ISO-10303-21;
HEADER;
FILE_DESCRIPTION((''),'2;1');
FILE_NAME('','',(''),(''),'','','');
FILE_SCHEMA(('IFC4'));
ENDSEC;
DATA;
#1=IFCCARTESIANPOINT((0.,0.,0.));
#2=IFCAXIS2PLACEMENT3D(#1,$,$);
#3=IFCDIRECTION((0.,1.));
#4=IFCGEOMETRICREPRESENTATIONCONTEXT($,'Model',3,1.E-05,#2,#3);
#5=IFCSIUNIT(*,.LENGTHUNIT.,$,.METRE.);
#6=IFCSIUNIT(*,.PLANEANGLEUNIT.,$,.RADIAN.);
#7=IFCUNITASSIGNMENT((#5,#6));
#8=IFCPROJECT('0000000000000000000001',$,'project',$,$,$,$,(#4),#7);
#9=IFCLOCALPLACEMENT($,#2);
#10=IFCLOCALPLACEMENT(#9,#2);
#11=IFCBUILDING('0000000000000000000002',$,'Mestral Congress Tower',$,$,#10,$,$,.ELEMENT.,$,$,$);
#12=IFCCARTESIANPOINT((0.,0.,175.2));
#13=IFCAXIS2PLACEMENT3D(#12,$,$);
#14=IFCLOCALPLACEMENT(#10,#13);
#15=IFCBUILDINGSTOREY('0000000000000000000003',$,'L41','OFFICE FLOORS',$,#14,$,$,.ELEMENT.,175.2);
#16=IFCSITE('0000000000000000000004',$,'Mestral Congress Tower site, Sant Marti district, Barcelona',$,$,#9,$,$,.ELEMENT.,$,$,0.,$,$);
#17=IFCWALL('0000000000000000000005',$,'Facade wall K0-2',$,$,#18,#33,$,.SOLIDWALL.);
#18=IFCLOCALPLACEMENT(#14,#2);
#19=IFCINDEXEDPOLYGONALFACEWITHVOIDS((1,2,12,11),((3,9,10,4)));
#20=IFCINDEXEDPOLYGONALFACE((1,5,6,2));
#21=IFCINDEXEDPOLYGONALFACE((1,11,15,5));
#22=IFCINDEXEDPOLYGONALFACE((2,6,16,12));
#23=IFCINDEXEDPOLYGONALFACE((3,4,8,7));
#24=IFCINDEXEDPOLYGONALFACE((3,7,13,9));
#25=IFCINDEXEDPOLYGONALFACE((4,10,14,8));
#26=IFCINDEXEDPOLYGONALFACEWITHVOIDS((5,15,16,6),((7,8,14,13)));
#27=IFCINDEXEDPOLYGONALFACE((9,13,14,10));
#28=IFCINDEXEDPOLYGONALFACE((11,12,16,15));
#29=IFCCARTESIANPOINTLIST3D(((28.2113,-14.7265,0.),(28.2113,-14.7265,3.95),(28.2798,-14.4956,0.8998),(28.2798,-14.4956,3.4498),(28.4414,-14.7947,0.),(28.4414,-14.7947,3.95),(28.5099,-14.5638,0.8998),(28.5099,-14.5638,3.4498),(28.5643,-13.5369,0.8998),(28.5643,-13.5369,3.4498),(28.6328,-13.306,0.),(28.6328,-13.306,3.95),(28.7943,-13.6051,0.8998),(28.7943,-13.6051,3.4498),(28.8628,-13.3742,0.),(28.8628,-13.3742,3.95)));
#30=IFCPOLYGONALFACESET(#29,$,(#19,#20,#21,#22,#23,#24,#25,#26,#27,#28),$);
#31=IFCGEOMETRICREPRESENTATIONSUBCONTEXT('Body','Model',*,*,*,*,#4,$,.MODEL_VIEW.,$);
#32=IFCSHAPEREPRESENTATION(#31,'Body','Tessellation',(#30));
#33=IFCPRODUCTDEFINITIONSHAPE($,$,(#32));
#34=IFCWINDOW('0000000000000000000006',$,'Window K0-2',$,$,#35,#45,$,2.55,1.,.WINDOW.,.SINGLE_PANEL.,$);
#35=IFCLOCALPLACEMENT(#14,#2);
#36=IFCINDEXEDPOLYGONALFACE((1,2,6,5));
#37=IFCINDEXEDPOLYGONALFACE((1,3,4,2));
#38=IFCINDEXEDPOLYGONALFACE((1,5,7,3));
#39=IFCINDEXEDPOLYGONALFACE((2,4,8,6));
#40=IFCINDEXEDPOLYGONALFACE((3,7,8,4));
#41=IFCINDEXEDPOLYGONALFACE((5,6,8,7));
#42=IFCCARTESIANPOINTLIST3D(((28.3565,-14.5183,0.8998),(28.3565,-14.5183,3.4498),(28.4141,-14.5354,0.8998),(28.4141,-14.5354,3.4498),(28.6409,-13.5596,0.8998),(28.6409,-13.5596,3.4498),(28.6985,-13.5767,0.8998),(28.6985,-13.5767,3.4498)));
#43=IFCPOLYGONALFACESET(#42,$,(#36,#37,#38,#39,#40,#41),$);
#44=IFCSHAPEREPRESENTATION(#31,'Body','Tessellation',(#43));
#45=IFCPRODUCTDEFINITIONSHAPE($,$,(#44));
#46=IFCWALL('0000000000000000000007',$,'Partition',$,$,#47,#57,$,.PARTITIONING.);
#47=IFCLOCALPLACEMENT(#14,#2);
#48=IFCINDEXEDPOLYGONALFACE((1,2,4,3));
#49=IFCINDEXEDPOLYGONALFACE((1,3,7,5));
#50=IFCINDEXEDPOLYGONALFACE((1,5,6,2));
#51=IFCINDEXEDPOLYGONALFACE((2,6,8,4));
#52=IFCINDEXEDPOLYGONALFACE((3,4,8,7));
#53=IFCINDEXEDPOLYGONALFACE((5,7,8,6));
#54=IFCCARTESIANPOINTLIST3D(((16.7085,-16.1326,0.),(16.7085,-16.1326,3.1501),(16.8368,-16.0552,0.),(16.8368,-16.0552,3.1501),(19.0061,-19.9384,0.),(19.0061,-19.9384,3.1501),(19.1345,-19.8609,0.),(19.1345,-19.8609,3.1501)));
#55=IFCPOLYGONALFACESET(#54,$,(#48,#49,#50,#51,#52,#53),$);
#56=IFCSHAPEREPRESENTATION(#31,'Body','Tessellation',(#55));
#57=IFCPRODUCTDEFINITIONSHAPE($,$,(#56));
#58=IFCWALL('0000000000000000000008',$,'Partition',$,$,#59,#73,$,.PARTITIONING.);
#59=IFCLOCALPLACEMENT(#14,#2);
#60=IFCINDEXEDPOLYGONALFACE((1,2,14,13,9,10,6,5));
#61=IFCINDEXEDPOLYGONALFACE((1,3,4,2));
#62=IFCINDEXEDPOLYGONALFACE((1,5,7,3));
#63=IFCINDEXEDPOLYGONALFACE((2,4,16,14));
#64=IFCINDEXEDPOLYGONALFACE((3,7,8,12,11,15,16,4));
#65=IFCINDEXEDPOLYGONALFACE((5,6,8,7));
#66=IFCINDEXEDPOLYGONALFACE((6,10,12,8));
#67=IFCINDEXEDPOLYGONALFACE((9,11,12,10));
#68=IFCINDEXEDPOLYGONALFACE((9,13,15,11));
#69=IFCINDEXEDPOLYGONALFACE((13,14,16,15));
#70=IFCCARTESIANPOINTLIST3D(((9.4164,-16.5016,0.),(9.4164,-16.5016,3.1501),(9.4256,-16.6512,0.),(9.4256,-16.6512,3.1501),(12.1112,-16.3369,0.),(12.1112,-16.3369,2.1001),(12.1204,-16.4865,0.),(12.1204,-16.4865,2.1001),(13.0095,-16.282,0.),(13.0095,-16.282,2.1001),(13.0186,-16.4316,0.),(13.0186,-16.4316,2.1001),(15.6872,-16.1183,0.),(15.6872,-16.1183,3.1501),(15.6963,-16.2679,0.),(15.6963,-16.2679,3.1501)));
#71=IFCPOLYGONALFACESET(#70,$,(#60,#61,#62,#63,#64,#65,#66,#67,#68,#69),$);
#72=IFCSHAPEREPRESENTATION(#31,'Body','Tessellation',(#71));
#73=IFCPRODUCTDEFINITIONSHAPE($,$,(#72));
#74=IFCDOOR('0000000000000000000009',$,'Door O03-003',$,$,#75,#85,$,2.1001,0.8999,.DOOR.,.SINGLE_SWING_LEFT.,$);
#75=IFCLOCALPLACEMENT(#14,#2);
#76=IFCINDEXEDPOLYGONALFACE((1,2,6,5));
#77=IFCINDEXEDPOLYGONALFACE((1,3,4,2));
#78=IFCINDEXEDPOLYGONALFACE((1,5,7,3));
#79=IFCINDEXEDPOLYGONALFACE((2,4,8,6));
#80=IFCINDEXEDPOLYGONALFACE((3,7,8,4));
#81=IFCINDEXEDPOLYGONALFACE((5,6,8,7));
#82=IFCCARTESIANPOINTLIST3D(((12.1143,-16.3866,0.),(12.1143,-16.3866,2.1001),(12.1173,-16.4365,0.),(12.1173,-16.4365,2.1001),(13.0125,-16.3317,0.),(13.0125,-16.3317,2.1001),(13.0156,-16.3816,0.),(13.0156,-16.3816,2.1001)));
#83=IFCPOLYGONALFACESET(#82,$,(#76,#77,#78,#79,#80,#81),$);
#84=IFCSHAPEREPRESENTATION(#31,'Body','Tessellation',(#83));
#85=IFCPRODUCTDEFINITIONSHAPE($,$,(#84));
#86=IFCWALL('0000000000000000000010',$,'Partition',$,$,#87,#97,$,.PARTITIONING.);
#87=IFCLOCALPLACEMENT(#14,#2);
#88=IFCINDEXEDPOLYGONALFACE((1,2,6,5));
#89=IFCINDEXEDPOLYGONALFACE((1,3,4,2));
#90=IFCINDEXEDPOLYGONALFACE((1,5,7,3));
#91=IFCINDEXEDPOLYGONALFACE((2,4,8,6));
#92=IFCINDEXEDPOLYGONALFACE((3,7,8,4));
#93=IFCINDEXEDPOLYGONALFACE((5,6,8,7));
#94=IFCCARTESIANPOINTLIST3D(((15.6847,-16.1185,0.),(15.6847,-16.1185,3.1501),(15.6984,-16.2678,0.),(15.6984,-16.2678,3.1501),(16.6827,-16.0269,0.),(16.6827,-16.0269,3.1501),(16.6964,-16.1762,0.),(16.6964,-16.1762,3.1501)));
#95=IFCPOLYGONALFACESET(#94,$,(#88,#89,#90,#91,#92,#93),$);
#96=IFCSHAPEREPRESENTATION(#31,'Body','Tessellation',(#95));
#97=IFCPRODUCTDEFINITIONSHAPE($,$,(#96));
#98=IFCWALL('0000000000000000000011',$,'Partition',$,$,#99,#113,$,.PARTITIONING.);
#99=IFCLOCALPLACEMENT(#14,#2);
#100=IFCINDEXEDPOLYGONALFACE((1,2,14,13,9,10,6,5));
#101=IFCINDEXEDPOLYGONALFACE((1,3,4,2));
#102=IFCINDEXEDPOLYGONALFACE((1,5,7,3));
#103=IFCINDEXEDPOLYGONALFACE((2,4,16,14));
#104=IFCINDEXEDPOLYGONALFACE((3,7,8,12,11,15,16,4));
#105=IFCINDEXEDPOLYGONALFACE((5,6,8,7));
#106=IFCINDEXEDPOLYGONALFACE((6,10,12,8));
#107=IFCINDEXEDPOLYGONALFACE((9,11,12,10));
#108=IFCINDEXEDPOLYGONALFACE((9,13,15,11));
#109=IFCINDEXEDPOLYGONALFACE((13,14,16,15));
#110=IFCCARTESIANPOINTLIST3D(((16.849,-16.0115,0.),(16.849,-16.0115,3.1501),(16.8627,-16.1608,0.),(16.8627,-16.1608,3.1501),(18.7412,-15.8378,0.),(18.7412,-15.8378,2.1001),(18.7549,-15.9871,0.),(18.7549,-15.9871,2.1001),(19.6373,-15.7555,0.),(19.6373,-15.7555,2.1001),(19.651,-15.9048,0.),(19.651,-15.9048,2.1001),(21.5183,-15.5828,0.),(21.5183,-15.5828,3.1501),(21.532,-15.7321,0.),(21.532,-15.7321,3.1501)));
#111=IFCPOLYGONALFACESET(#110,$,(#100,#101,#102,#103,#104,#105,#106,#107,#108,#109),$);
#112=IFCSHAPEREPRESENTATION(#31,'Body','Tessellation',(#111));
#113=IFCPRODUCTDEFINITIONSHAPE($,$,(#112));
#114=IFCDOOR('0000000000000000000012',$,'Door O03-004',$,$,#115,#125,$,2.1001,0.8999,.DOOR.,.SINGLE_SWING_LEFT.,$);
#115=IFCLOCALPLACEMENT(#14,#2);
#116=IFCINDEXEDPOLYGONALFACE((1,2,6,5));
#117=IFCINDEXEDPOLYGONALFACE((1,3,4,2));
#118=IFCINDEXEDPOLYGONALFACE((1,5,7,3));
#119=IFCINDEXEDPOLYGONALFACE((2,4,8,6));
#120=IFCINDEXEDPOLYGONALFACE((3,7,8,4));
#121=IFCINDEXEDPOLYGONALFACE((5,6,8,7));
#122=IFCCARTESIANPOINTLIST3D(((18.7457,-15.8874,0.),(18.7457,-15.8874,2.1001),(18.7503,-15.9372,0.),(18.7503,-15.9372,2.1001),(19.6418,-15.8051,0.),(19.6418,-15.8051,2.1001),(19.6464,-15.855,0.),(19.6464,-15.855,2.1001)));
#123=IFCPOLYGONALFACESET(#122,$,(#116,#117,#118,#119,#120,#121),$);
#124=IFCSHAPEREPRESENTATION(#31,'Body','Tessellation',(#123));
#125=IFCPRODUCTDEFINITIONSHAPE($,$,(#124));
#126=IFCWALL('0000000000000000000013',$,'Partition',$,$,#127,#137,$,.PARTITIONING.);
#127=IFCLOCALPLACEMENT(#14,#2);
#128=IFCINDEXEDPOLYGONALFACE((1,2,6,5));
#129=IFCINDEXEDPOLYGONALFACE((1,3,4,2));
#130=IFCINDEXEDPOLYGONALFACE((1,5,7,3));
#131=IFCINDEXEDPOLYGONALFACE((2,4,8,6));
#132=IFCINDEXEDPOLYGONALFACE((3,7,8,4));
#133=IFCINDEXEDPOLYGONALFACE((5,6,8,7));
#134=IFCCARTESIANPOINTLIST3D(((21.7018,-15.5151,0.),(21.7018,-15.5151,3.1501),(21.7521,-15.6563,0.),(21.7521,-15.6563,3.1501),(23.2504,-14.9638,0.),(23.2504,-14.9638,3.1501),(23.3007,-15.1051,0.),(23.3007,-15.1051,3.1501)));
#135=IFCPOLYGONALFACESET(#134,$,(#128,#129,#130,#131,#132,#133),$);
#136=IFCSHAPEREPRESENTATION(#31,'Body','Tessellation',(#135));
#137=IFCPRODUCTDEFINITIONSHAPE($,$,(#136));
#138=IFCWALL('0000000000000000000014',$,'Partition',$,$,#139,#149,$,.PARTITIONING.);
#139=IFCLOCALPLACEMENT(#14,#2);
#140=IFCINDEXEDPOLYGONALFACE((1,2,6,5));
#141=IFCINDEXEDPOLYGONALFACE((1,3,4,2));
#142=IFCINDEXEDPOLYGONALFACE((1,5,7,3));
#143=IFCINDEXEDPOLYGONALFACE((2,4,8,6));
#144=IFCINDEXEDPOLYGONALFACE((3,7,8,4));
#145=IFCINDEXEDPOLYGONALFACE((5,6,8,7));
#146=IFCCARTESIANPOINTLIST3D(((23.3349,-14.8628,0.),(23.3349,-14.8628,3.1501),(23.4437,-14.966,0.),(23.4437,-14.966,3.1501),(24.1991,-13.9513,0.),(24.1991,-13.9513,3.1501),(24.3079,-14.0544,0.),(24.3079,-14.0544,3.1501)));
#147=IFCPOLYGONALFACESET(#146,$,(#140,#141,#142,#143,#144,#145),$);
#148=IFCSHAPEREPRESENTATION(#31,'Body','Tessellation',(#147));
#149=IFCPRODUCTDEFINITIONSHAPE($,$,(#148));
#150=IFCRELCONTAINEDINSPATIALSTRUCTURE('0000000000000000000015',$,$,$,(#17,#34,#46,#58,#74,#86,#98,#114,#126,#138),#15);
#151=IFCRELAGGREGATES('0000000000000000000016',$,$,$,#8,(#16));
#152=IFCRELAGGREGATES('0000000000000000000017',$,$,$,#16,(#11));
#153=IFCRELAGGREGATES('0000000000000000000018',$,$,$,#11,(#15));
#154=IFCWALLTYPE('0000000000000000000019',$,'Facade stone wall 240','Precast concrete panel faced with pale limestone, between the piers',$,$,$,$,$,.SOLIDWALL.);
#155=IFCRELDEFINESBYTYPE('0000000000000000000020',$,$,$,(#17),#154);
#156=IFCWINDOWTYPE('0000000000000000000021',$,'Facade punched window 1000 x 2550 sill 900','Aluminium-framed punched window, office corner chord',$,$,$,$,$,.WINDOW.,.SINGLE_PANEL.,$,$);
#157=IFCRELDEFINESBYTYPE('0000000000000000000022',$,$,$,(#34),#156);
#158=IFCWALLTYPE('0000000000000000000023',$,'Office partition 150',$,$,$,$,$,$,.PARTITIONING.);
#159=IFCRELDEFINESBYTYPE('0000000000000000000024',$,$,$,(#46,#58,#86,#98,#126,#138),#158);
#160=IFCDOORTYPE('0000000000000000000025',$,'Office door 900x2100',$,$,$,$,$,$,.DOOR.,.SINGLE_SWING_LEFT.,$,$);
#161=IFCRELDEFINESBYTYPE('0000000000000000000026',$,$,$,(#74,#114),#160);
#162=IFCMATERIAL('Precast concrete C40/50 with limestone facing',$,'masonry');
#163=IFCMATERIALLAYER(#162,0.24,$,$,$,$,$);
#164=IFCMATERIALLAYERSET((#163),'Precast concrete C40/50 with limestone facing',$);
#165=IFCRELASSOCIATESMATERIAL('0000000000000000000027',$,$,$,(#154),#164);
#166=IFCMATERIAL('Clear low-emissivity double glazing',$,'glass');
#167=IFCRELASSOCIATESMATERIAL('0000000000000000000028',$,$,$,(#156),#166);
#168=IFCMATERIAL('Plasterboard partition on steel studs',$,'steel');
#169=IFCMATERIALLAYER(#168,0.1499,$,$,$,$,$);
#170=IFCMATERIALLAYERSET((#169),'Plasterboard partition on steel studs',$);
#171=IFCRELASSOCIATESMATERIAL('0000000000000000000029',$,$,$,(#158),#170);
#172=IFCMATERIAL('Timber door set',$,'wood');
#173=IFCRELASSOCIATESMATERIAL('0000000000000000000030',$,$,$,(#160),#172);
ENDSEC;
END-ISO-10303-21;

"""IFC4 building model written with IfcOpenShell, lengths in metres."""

from ifc_helpers import new_model, si_unit, direction, frame, frame_2d, origin, place, context, subcontext, project, spatial, rectangle, extrude, material, layer, layer_set, type_object, element, fill, save


model = new_model("IFC4")

# Units and contexts
model_context = context("Model", 3, precision=1e-05, world=origin(), true_north=direction((0.0, 1.0)))
body_context = subcontext(model_context, "Body", "Model", "MODEL_VIEW")
ifc_project = project(units=[si_unit("LENGTHUNIT", "METRE"), si_unit("PLANEANGLEUNIT", "RADIAN")], contexts=[model_context])

# Site, building, storey
site_placement = place(None, origin())
site = spatial("IfcSite", under=ifc_project, at=site_placement, Name="Mestral Congress Tower site, Sant Marti district, Barcelona", CompositionType="ELEMENT", RefElevation=0.0)
building_placement = place(site_placement, origin())
building = spatial("IfcBuilding", under=site, at=building_placement, Name="Mestral Congress Tower", CompositionType="ELEMENT")
storey_placement = place(building_placement, frame((0.0, 0.0, 175.2)))
storey = spatial("IfcBuildingStorey", under=building, at=storey_placement, Name="L41", Description="OFFICE FLOORS", CompositionType="ELEMENT", Elevation=175.2)

# Shared definitions
ifc_material_1 = material(Name="Precast concrete C40/50 with limestone facing", Category="masonry")
ifc_layer_1 = layer(ifc_material_1, 0.24)
ifc_layer_set_1 = layer_set([ifc_layer_1], Name="Precast concrete C40/50 with limestone facing")
wall_type_1 = type_object("IfcWallType", Name="Facade stone wall 240", Description="Precast concrete panel faced with pale limestone, between the piers", PredefinedType="SOLIDWALL", material=ifc_layer_set_1)
ifc_material_2 = material(Name="Clear low-emissivity double glazing", Category="glass")

# Wall, opening, window
window_type_1 = type_object("IfcWindowType", Name="Facade punched window 1000 x 2550 sill 900", Description="Aluminium-framed punched window, office corner chord", PartitioningType="SINGLE_PANEL", PredefinedType="WINDOW", material=ifc_material_2)
wall_1_placement = place(storey_placement, frame((28.3264, -14.7605, 0.0), z_axis=(0.0, 0.0, 1.0), x_axis=(0.284414, 0.958702, 0.0)))
wall_1 = element("IfcWall", 1, at=wall_1_placement, inside=storey, type_object=wall_type_1, Name="Facade wall K0-2", PredefinedType="SOLIDWALL", context=body_context, shape_type="SweptSolid", body=[
    extrude(rectangle(XDim=1.4817, YDim=0.24, at=frame_2d((0.7407, 0.0))), origin(), (0.0, 0.0, 1.0), 3.95),
])
opening_1_placement = place(wall_1_placement, frame((0.2407, 0.0, 0.8999)))
opening_1 = element("IfcOpeningElement", 2, at=opening_1_placement, cuts=wall_1, PredefinedType="OPENING", context=body_context, shape_type="SweptSolid", body=[
    extrude(rectangle(XDim=1.0, YDim=2.55, at=frame_2d((0.5, 1.2749))), frame((0.0, 0.1299, 0.0), z_axis=(0.0, -1.0, 0.0), x_axis=(1.0, 0.0, 0.0)), (0.0, 0.0, 1.0), 0.26),
])
window_1_placement = place(opening_1_placement, origin())
window_1 = element("IfcWindow", 3, at=window_1_placement, inside=storey, type_object=window_type_1, Name="Window K0-2", OverallHeight=2.55, OverallWidth=1.0, PartitioningType="SINGLE_PANEL", PredefinedType="WINDOW", context=body_context, shape_type="SweptSolid", body=[
    extrude(rectangle(XDim=1.0, YDim=2.55, at=frame_2d((0.5, 1.2749))), frame((0.0, 0.04, 0.0), z_axis=(0.0, -1.0, 0.0), x_axis=(1.0, 0.0, 0.0)), (0.0, 0.0, 1.0), 0.0601),
])
fill(opening_1, window_1)

# Wall
ifc_material_3 = material(Name="Plasterboard partition on steel studs", Category="steel")
ifc_layer_2 = layer(ifc_material_3, 0.1499)
ifc_layer_set_2 = layer_set([ifc_layer_2], Name="Plasterboard partition on steel studs")
wall_type_2 = type_object("IfcWallType", Name="Office partition 150", PredefinedType="PARTITIONING", material=ifc_layer_set_2)
wall_2_placement = place(storey_placement, frame((16.7727, -16.094, 0.0), z_axis=(0.0, 0.0, 1.0), x_axis=(0.516844, -0.85608, 0.0)))
element("IfcWall", 4, at=wall_2_placement, inside=storey, type_object=wall_type_2, Name="Partition", PredefinedType="PARTITIONING", context=body_context, shape_type="SweptSolid", body=[
    extrude(rectangle(XDim=4.4456, YDim=0.1499, at=frame_2d((2.2227, 0.0))), origin(), (0.0, 0.0, 1.0), 3.1501),
])

# Wall, opening, door
wall_3_placement = place(storey_placement, frame((15.6917, -16.1931, 0.0), z_axis=(0.0, 0.0, 1.0), x_axis=(-0.998137, -0.061011, 0.0)))
wall_3 = element("IfcWall", 5, at=wall_3_placement, inside=storey, type_object=wall_type_2, Name="Partition", PredefinedType="PARTITIONING", context=body_context, shape_type="SweptSolid", body=[
    extrude(rectangle(XDim=6.2825, YDim=0.1499, at=frame_2d((3.1411, 0.0))), origin(), (0.0, 0.0, 1.0), 3.1501),
])
opening_2_placement = place(wall_3_placement, frame((2.6826, 0.0, 0.0)))
opening_2 = element("IfcOpeningElement", 6, at=opening_2_placement, cuts=wall_3, PredefinedType="OPENING", context=body_context, shape_type="SweptSolid", body=[
    extrude(rectangle(XDim=0.8999, YDim=2.1001, at=frame_2d((0.45, 1.05))), frame((0.0, 0.085, 0.0), z_axis=(0.0, -1.0, 0.0), x_axis=(1.0, 0.0, 0.0)), (0.0, 0.0, 1.0), 0.1699),
])
ifc_material_4 = material(Name="Timber door set", Category="wood")
door_type = type_object("IfcDoorType", Name="Office door 900x2100", OperationType="SINGLE_SWING_LEFT", PredefinedType="DOOR", material=ifc_material_4)
door_1_placement = place(opening_2_placement, origin())
door_1 = element("IfcDoor", 7, at=door_1_placement, inside=storey, type_object=door_type, Name="Door O03-003", OperationType="SINGLE_SWING_LEFT", OverallHeight=2.1001, OverallWidth=0.8999, PredefinedType="DOOR", context=body_context, shape_type="SweptSolid", body=[
    extrude(rectangle(XDim=0.8999, YDim=2.1001, at=frame_2d((0.45, 1.05))), frame((0.0, 0.0249, 0.0), z_axis=(0.0, -1.0, 0.0), x_axis=(1.0, 0.0, 0.0)), (0.0, 0.0, 1.0), 0.05),
])
fill(opening_2, door_1)

# Wall
wall_4_placement = place(storey_placement, frame((15.6917, -16.1931, 0.0), z_axis=(0.0, 0.0, 1.0), x_axis=(0.995819, 0.091348, 0.0)))
element("IfcWall", 8, at=wall_4_placement, inside=storey, type_object=wall_type_2, Name="Partition", PredefinedType="PARTITIONING", context=body_context, shape_type="SweptSolid", body=[
    extrude(rectangle(XDim=1.0022, YDim=0.1499, at=frame_2d((0.501, 0.0))), origin(), (0.0, 0.0, 1.0), 3.1501),
])

# Wall, opening, door
wall_5_placement = place(storey_placement, frame((21.5251, -15.6575, 0.0), z_axis=(0.0, 0.0, 1.0), x_axis=(-0.995812, -0.091428, 0.0)))
wall_5 = element("IfcWall", 9, at=wall_5_placement, inside=storey, type_object=wall_type_2, Name="Partition", PredefinedType="PARTITIONING", context=body_context, shape_type="SweptSolid", body=[
    extrude(rectangle(XDim=4.689, YDim=0.1499, at=frame_2d((2.3445, 0.0))), origin(), (0.0, 0.0, 1.0), 3.1501),
])
opening_3_placement = place(wall_5_placement, frame((1.8889, 0.0, 0.0)))
opening_3 = element("IfcOpeningElement", 10, at=opening_3_placement, cuts=wall_5, PredefinedType="OPENING", context=body_context, shape_type="SweptSolid", body=[
    extrude(rectangle(XDim=0.8999, YDim=2.1001, at=frame_2d((0.45, 1.05))), frame((0.0, 0.085, 0.0), z_axis=(0.0, -1.0, 0.0), x_axis=(1.0, 0.0, 0.0)), (0.0, 0.0, 1.0), 0.1699),
])
door_2_placement = place(opening_3_placement, origin())
door_2 = element("IfcDoor", 11, at=door_2_placement, inside=storey, type_object=door_type, Name="Door O03-004", OperationType="SINGLE_SWING_LEFT", OverallHeight=2.1001, OverallWidth=0.8999, PredefinedType="DOOR", context=body_context, shape_type="SweptSolid", body=[
    extrude(rectangle(XDim=0.8999, YDim=2.1001, at=frame_2d((0.45, 1.05))), frame((0.0, 0.0249, 0.0), z_axis=(0.0, -1.0, 0.0), x_axis=(1.0, 0.0, 0.0)), (0.0, 0.0, 1.0), 0.05),
])
fill(opening_3, door_2)

# Walls
wall_6_placement = place(storey_placement, frame((21.7271, -15.5857, 0.0), z_axis=(0.0, 0.0, 1.0), x_axis=(0.942088, 0.335367, 0.0)))
element("IfcWall", 12, at=wall_6_placement, inside=storey, type_object=wall_type_2, Name="Partition", PredefinedType="PARTITIONING", context=body_context, shape_type="SweptSolid", body=[
    extrude(rectangle(XDim=1.6438, YDim=0.1499, at=frame_2d((0.8218, 0.0))), origin(), (0.0, 0.0, 1.0), 3.1501),
])
wall_7_placement = place(storey_placement, frame((23.3894, -14.9143, 0.0), z_axis=(0.0, 0.0, 1.0), x_axis=(0.688003, 0.725707, 0.0)))
element("IfcWall", 13, at=wall_7_placement, inside=storey, type_object=wall_type_2, Name="Partition", PredefinedType="PARTITIONING", context=body_context, shape_type="SweptSolid", body=[
    extrude(rectangle(XDim=1.2561, YDim=0.1499, at=frame_2d((0.6279, 0.0))), origin(), (0.0, 0.0, 1.0), 3.1501),
])

save(model, "model.ifc")
